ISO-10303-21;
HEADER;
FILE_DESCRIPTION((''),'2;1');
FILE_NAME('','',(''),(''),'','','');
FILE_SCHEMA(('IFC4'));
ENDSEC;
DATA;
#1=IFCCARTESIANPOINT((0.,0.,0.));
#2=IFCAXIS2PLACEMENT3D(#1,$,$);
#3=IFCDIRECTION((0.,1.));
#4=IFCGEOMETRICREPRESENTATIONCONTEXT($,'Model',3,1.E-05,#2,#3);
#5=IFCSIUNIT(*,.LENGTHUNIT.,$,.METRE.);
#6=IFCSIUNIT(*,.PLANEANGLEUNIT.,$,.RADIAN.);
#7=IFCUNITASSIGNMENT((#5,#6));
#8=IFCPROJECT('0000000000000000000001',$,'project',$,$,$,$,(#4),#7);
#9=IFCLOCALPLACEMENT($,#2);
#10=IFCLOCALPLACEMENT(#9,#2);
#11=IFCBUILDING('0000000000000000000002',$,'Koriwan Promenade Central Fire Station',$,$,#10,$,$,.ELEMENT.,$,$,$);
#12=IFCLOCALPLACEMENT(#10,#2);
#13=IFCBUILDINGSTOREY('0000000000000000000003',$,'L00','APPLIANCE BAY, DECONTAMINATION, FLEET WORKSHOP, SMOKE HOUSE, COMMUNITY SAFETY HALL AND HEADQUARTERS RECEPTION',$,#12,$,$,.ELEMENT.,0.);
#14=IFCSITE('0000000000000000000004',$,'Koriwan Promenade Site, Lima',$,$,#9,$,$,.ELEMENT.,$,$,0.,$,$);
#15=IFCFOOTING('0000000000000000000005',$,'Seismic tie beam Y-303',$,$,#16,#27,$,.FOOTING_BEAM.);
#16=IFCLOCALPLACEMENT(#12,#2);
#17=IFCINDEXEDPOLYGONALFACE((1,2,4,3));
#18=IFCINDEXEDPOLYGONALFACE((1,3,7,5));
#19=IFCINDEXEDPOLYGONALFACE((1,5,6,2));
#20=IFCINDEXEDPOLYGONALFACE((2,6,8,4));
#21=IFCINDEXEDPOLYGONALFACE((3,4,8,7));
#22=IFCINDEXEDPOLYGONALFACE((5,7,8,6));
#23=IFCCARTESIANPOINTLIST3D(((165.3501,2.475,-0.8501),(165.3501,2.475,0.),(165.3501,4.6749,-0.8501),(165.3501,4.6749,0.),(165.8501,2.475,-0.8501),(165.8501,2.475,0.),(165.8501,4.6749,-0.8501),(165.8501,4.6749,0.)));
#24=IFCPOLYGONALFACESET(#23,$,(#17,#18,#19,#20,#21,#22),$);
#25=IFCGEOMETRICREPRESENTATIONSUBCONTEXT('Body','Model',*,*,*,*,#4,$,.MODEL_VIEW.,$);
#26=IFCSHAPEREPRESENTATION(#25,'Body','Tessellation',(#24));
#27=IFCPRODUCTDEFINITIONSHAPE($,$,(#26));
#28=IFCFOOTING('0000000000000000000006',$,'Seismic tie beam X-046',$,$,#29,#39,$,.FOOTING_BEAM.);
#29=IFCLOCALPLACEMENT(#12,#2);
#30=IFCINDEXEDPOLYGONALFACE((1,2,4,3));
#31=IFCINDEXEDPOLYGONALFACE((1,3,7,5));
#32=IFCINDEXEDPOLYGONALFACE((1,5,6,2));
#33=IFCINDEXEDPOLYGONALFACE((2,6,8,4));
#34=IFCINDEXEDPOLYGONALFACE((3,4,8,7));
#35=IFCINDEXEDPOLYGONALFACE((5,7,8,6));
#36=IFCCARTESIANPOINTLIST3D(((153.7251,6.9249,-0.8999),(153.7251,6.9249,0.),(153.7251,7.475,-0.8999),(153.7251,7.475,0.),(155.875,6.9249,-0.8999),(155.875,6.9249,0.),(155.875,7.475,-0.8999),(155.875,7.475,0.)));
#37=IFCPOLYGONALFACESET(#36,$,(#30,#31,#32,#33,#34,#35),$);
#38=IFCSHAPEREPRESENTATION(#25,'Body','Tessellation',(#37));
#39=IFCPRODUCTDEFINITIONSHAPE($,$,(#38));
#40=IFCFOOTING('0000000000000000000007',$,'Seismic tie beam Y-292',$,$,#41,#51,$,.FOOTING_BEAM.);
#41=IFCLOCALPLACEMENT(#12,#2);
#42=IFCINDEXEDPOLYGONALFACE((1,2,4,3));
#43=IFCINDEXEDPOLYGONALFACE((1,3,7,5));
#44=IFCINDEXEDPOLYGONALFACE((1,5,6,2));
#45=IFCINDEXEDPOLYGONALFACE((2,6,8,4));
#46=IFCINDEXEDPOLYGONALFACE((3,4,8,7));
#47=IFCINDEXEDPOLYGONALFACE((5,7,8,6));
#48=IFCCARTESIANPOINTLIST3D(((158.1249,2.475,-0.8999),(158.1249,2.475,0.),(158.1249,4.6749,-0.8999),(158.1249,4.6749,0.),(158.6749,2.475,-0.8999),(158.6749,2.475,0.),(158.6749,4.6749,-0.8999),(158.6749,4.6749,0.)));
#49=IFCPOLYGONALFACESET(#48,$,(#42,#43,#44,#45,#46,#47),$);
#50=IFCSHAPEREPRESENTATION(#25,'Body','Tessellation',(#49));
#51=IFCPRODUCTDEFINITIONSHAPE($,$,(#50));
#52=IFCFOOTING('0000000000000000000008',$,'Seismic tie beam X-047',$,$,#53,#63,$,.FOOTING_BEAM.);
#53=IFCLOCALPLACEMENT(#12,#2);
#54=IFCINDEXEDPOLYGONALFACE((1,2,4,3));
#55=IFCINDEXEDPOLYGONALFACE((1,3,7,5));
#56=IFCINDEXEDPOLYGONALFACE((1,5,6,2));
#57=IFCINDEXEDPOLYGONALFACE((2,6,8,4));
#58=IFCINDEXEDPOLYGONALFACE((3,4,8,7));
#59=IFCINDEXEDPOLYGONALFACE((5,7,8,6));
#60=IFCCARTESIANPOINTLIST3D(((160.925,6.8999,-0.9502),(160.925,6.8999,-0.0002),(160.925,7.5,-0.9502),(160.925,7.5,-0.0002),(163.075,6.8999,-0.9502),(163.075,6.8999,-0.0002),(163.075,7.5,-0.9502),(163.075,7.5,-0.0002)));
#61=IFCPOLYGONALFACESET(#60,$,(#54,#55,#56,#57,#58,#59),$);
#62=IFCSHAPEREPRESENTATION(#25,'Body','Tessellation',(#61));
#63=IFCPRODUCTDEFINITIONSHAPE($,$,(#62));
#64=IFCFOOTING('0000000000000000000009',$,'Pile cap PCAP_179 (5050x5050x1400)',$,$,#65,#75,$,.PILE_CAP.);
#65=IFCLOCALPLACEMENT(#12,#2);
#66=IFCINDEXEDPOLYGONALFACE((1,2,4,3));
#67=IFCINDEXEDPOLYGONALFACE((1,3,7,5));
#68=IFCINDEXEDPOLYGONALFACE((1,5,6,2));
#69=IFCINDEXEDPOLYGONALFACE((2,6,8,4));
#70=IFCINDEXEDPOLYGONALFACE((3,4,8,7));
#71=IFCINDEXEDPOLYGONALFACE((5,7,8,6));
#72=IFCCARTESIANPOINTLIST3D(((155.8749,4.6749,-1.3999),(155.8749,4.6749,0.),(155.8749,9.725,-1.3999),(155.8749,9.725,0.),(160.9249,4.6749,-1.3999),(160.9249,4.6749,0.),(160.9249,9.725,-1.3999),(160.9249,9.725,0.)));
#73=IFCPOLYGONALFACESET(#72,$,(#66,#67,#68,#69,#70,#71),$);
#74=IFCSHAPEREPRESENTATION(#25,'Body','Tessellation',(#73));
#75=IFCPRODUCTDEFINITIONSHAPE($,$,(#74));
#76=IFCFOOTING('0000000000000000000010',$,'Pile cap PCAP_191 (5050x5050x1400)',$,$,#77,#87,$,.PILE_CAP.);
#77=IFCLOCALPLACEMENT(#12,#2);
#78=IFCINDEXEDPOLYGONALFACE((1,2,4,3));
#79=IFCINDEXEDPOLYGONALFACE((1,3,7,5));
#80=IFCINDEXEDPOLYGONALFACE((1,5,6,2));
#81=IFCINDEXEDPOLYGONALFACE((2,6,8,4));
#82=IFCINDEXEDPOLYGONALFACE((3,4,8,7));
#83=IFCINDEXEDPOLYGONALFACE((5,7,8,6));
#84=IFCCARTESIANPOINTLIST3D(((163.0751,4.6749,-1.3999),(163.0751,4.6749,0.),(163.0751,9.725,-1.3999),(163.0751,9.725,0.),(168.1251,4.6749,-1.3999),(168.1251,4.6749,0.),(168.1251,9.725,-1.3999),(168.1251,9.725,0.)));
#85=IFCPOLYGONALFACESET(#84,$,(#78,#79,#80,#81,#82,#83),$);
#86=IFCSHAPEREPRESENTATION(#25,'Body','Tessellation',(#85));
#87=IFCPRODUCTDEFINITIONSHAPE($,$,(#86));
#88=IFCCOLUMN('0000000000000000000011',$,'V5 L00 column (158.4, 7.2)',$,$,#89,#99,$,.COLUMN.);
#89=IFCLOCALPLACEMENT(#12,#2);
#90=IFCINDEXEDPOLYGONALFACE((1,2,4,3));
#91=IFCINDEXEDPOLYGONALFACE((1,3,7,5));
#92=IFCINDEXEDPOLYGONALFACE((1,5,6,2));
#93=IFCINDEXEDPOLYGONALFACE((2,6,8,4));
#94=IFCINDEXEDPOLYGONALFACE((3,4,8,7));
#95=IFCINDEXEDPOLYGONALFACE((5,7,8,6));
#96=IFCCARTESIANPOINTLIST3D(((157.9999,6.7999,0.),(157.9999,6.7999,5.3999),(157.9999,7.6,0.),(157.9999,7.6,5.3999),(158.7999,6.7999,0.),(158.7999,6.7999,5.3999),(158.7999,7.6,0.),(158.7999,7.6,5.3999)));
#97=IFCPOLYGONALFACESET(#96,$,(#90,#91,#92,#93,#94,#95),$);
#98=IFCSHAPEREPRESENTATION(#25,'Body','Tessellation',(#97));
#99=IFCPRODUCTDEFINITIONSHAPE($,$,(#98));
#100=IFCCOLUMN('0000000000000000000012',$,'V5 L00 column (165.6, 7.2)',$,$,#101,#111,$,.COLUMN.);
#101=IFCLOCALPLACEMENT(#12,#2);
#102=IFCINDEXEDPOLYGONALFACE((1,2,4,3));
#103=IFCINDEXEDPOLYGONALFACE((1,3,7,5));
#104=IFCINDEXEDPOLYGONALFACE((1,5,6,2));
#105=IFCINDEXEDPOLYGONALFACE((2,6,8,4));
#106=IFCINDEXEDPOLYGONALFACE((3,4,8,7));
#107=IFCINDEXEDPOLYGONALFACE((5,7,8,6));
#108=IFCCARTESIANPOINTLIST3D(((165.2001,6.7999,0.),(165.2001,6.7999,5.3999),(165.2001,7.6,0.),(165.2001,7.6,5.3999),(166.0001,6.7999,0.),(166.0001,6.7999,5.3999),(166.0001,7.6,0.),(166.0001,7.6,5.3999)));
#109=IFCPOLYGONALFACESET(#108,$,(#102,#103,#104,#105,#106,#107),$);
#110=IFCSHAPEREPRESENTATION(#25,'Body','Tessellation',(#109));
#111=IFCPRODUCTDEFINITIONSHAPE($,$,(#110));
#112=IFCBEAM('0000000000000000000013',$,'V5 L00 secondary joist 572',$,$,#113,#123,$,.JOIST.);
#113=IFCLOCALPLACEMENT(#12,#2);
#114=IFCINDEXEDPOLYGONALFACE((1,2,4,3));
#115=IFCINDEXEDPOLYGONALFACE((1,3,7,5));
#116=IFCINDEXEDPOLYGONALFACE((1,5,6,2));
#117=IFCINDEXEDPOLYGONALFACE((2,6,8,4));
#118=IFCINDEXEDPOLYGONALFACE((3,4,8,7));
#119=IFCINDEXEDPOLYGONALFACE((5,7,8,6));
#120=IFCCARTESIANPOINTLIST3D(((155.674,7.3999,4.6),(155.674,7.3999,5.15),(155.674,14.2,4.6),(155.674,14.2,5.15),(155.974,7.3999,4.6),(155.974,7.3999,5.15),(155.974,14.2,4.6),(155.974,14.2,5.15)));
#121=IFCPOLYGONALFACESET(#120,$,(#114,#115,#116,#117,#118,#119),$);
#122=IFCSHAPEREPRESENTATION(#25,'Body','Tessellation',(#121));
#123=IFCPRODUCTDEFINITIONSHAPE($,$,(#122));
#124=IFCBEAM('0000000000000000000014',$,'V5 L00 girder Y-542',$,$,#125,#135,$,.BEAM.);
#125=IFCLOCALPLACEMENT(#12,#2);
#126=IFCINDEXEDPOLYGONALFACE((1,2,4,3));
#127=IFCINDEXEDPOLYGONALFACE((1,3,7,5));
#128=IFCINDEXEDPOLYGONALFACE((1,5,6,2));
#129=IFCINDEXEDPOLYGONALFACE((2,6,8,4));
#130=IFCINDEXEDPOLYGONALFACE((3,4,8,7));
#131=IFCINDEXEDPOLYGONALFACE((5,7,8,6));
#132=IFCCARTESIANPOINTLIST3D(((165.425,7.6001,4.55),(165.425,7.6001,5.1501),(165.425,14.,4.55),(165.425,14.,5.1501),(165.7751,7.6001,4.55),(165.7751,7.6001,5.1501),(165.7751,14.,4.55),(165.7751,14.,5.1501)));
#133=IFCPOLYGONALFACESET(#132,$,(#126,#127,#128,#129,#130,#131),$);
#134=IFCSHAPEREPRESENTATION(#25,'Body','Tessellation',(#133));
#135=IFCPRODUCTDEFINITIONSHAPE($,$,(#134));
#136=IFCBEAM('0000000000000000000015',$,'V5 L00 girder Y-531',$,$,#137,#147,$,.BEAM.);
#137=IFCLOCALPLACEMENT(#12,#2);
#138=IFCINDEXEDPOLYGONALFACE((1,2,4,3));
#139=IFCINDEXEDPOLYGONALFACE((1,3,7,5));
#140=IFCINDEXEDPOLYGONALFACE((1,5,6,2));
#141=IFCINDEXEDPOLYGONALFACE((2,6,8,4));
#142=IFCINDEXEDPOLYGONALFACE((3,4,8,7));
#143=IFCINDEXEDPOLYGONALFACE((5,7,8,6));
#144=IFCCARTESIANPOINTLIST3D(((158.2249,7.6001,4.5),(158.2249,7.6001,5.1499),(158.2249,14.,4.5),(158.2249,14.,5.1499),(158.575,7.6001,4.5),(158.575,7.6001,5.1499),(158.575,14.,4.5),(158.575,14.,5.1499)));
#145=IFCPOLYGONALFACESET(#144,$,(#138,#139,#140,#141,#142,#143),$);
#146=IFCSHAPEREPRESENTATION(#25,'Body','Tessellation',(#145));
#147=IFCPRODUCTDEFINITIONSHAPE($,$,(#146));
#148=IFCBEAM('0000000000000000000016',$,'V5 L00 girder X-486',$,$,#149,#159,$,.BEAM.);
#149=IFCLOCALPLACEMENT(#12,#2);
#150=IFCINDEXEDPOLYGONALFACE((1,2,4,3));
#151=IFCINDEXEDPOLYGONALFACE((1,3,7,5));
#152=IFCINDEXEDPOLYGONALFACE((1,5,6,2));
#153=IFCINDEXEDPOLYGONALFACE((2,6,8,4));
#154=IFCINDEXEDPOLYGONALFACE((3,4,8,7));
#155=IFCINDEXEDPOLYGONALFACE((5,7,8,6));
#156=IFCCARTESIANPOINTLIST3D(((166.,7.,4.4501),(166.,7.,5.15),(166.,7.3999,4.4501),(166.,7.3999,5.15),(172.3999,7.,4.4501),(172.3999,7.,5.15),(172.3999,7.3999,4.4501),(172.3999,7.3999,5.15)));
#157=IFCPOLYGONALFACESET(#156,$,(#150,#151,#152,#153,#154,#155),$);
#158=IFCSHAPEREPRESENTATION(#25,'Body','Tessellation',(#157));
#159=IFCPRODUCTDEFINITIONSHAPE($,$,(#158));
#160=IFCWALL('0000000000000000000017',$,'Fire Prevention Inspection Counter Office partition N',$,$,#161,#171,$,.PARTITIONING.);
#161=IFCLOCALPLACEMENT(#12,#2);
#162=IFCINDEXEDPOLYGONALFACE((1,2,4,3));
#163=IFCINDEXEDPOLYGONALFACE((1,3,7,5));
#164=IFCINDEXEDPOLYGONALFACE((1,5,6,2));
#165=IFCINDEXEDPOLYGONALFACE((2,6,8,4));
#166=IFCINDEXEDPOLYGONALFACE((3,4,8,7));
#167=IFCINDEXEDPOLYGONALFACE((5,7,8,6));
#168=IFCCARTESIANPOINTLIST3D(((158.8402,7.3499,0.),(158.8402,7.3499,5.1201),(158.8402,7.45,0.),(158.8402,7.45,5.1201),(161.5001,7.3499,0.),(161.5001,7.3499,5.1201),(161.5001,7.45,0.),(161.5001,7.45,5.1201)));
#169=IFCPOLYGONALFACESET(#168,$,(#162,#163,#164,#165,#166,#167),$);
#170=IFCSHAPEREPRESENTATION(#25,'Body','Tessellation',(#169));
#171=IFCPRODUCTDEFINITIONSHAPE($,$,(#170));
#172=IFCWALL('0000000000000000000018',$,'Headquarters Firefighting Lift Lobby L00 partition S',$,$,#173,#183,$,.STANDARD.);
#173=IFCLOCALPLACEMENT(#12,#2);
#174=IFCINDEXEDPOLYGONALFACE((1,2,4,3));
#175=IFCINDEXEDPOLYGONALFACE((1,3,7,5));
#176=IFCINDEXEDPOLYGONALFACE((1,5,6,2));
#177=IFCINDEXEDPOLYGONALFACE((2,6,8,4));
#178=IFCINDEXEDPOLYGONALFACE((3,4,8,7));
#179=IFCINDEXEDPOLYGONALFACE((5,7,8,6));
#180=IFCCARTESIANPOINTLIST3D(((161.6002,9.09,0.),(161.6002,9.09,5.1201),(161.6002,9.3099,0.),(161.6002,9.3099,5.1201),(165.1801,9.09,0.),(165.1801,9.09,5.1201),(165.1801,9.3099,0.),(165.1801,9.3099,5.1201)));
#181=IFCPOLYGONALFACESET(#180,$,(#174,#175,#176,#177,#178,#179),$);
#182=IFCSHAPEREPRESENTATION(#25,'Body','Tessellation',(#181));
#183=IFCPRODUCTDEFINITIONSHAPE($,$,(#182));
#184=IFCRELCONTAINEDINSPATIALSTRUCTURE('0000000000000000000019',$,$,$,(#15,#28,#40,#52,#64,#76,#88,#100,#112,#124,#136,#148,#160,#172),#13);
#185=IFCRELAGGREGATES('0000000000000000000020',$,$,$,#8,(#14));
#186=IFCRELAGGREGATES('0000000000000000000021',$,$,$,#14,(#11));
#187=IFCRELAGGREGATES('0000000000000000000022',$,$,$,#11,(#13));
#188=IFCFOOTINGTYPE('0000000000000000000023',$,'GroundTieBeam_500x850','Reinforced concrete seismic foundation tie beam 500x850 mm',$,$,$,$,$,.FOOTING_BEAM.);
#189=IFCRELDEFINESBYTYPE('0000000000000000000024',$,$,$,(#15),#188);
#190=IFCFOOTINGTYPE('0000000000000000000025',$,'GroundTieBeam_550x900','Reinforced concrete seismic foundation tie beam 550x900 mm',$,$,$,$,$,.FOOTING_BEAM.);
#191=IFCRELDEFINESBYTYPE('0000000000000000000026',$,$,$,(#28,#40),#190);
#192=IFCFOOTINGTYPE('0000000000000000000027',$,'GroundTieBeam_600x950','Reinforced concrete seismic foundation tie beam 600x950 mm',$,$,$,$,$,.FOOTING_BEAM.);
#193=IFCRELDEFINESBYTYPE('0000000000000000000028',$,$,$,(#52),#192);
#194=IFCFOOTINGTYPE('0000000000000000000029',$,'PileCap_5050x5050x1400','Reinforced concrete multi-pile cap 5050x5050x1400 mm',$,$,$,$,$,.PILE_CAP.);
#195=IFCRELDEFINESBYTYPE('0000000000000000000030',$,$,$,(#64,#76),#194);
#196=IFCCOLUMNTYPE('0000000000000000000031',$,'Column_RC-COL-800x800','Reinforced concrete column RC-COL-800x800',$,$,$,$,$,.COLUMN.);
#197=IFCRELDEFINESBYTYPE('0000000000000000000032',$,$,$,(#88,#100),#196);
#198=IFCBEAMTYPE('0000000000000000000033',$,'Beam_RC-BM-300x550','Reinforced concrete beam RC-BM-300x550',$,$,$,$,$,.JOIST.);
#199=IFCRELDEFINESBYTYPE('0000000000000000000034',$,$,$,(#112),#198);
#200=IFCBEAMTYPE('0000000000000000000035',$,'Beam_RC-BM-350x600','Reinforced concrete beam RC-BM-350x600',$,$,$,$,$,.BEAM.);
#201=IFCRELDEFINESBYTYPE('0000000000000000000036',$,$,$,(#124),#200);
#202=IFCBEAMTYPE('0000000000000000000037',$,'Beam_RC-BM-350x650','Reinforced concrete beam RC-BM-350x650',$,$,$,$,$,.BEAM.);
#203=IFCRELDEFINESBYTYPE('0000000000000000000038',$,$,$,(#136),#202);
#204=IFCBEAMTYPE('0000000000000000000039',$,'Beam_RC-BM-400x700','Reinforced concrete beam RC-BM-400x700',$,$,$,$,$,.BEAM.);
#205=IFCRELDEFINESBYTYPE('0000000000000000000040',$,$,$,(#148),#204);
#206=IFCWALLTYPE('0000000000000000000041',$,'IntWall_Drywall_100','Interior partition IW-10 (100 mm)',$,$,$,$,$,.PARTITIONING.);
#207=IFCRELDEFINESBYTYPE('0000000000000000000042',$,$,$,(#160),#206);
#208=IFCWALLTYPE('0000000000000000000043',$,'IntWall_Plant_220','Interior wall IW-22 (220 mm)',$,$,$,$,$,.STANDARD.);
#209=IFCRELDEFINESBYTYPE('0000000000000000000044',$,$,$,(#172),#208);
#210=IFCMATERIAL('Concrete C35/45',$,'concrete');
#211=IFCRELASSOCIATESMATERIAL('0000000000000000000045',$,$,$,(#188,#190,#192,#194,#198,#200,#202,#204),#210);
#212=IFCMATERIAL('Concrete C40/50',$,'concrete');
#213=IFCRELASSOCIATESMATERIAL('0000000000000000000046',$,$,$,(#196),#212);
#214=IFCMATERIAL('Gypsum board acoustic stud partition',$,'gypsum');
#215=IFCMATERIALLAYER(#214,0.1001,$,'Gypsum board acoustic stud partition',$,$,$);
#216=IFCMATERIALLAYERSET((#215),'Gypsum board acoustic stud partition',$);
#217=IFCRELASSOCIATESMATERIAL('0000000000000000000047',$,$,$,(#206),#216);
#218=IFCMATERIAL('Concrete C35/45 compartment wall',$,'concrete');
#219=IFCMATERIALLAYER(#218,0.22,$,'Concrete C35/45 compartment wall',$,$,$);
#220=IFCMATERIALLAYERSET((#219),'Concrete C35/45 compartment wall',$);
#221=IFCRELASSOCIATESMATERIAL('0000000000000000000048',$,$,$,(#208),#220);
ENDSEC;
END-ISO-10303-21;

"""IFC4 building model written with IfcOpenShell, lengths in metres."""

from ifc_helpers import new_model, si_unit, direction, frame, frame_2d, origin, origin_2d, place, context, subcontext, project, spatial, rectangle, extrude, material, layer, layer_set, material_profile, profile_set, type_object, element, save


model = new_model("IFC4")

# Units and contexts
model_context = context("Model", 3, precision=1e-05, world=origin(), true_north=direction((0.0, 1.0)))
body_context = subcontext(model_context, "Body", "Model", "MODEL_VIEW")
ifc_project = project(units=[si_unit("LENGTHUNIT", "METRE"), si_unit("PLANEANGLEUNIT", "RADIAN")], contexts=[model_context])

# Site, building, storey
site_placement = place(None, origin())
site = spatial("IfcSite", under=ifc_project, at=site_placement, Name="Koriwan Promenade Site, Lima", CompositionType="ELEMENT", RefElevation=0.0)
building_placement = place(site_placement, origin())
building = spatial("IfcBuilding", under=site, at=building_placement, Name="Koriwan Promenade Central Fire Station", CompositionType="ELEMENT")
storey_placement = place(building_placement, origin())
storey = spatial("IfcBuildingStorey", under=building, at=storey_placement, Name="L00", Description="APPLIANCE BAY, DECONTAMINATION, FLEET WORKSHOP, SMOKE HOUSE, COMMUNITY SAFETY HALL AND HEADQUARTERS RECEPTION", CompositionType="ELEMENT", Elevation=0.0)

# Shared definitions
ifc_material_1 = material(Name="Concrete C35/45", Category="concrete")

# Footings
footing_type_1 = type_object("IfcFootingType", Name="GroundTieBeam_500x850", Description="Reinforced concrete seismic foundation tie beam 500x850 mm", PredefinedType="FOOTING_BEAM", material=ifc_material_1)
footing_1_placement = place(storey_placement, frame((165.6001, 3.575, -0.8501), z_axis=(0.0, 0.0, 1.0), x_axis=(0.0, 1.0, 0.0)))
element("IfcFooting", 1, at=footing_1_placement, inside=storey, type_object=footing_type_1, Name="Seismic tie beam Y-303", PredefinedType="FOOTING_BEAM", context=body_context, shape_type="SweptSolid", body=[
    extrude(rectangle(XDim=2.2, YDim=0.5, at=origin_2d()), origin(), (0.0, 0.0, 1.0), 0.8501),
])
footing_type_2 = type_object("IfcFootingType", Name="GroundTieBeam_550x900", Description="Reinforced concrete seismic foundation tie beam 550x900 mm", PredefinedType="FOOTING_BEAM", material=ifc_material_1)
footing_2_placement = place(storey_placement, frame((154.8, 7.2, -0.8999), z_axis=(0.0, 0.0, 1.0), x_axis=(1.0, 0.0, 0.0)))
element("IfcFooting", 2, at=footing_2_placement, inside=storey, type_object=footing_type_2, Name="Seismic tie beam X-046", PredefinedType="FOOTING_BEAM", context=body_context, shape_type="SweptSolid", body=[
    extrude(rectangle(XDim=2.1499, YDim=0.55, at=origin_2d()), origin(), (0.0, 0.0, 1.0), 0.8999),
])
footing_3_placement = place(storey_placement, frame((158.3999, 3.575, -0.8999), z_axis=(0.0, 0.0, 1.0), x_axis=(0.0, 1.0, 0.0)))
element("IfcFooting", 3, at=footing_3_placement, inside=storey, type_object=footing_type_2, Name="Seismic tie beam Y-292", PredefinedType="FOOTING_BEAM", context=body_context, shape_type="SweptSolid", body=[
    extrude(rectangle(XDim=2.2, YDim=0.55, at=origin_2d()), origin(), (0.0, 0.0, 1.0), 0.8999),
])
footing_type_3 = type_object("IfcFootingType", Name="GroundTieBeam_600x950", Description="Reinforced concrete seismic foundation tie beam 600x950 mm", PredefinedType="FOOTING_BEAM", material=ifc_material_1)
footing_4_placement = place(storey_placement, frame((162.0, 7.2, -0.9502), z_axis=(0.0, 0.0, 1.0), x_axis=(1.0, 0.0, 0.0)))
element("IfcFooting", 4, at=footing_4_placement, inside=storey, type_object=footing_type_3, Name="Seismic tie beam X-047", PredefinedType="FOOTING_BEAM", context=body_context, shape_type="SweptSolid", body=[
    extrude(rectangle(XDim=2.1499, YDim=0.6001, at=origin_2d()), origin(), (0.0, 0.0, 1.0), 0.95),
])
footing_type_4 = type_object("IfcFootingType", Name="PileCap_5050x5050x1400", Description="Reinforced concrete multi-pile cap 5050x5050x1400 mm", PredefinedType="PILE_CAP", material=ifc_material_1)
for number, where, z_axis, x_axis, name in (
    (5, (158.3999, 7.2, -1.3999), (0.0, 0.0, 1.0), (1.0, 0.0, 0.0), "Pile cap PCAP_179 (5050x5050x1400)"),
    (6, (165.6001, 7.2, -1.3999), (0.0, 0.0, 1.0), (1.0, 0.0, 0.0), "Pile cap PCAP_191 (5050x5050x1400)"),
):
    element("IfcFooting", number, at=place(storey_placement, frame(where, z_axis=z_axis, x_axis=x_axis)), inside=storey, type_object=footing_type_4, Name=name, PredefinedType="PILE_CAP", context=body_context, shape_type="SweptSolid", body=[
        extrude(rectangle(XDim=5.05, YDim=5.05, at=origin_2d()), origin(), (0.0, 0.0, 1.0), 1.3999),
    ])

# Columns
ifc_material_2 = material(Name="Concrete C40/50", Category="concrete")
ifc_material_profile_1 = material_profile(ifc_material_2, rectangle(XDim=0.8, YDim=0.8, at=origin_2d()), Name="RC-COL-800x800")
ifc_profile_set_1 = profile_set([ifc_material_profile_1], Name="Concrete C40/50")
column_type = type_object("IfcColumnType", Name="Column_RC-COL-800x800", Description="Reinforced concrete column RC-COL-800x800", PredefinedType="COLUMN", material=ifc_profile_set_1)
for number, where, z_axis, x_axis, name in (
    (7, (158.3999, 7.2, 0.0), (0.0, 0.0, 1.0), (1.0, 0.0, 0.0), "V5 L00 column (158.4, 7.2)"),
    (8, (165.6001, 7.2, 0.0), (0.0, 0.0, 1.0), (1.0, 0.0, 0.0), "V5 L00 column (165.6, 7.2)"),
):
    element("IfcColumn", number, at=place(storey_placement, frame(where, z_axis=z_axis, x_axis=x_axis)), inside=storey, type_object=column_type, Name=name, PredefinedType="COLUMN", context=body_context, shape_type="SweptSolid", body=[
        extrude(rectangle(XDim=0.8, YDim=0.8, at=origin_2d()), origin(), (0.0, 0.0, 1.0), 5.3999),
    ])

# Beams
ifc_material_profile_2 = material_profile(ifc_material_1, rectangle(XDim=0.3, YDim=0.55, at=origin_2d()), Name="RC-BM-300x550")
ifc_profile_set_2 = profile_set([ifc_material_profile_2], Name="Concrete C35/45")
beam_type_1 = type_object("IfcBeamType", Name="Beam_RC-BM-300x550", Description="Reinforced concrete beam RC-BM-300x550", PredefinedType="JOIST", material=ifc_profile_set_2)
beam_1_placement = place(storey_placement, frame((155.824, 7.3999, 4.875), z_axis=(0.0, 1.0, 0.0), x_axis=(-1.0, 0.0, 0.0)))
element("IfcBeam", 9, at=beam_1_placement, inside=storey, type_object=beam_type_1, Name="V5 L00 secondary joist 572", PredefinedType="JOIST", context=body_context, shape_type="SweptSolid", body=[
    extrude(rectangle(XDim=0.3, YDim=0.55, at=origin_2d()), origin(), (0.0, 0.0, 1.0), 6.8),
])
ifc_material_profile_3 = material_profile(ifc_material_1, rectangle(XDim=0.3501, YDim=0.6001, at=origin_2d()), Name="RC-BM-350x600")
ifc_profile_set_3 = profile_set([ifc_material_profile_3], Name="Concrete C35/45")
beam_type_2 = type_object("IfcBeamType", Name="Beam_RC-BM-350x600", Description="Reinforced concrete beam RC-BM-350x600", PredefinedType="BEAM", material=ifc_profile_set_3)
beam_2_placement = place(storey_placement, frame((165.6001, 7.6001, 4.8501), z_axis=(0.0, 1.0, 0.0), x_axis=(-1.0, 0.0, 0.0)))
element("IfcBeam", 10, at=beam_2_placement, inside=storey, type_object=beam_type_2, Name="V5 L00 girder Y-542", PredefinedType="BEAM", context=body_context, shape_type="SweptSolid", body=[
    extrude(rectangle(XDim=0.3501, YDim=0.6001, at=origin_2d()), origin(), (0.0, 0.0, 1.0), 6.3999),
])
ifc_material_profile_4 = material_profile(ifc_material_1, rectangle(XDim=0.3501, YDim=0.6499, at=origin_2d()), Name="RC-BM-350x650")
ifc_profile_set_4 = profile_set([ifc_material_profile_4], Name="Concrete C35/45")
beam_type_3 = type_object("IfcBeamType", Name="Beam_RC-BM-350x650", Description="Reinforced concrete beam RC-BM-350x650", PredefinedType="BEAM", material=ifc_profile_set_4)
beam_3_placement = place(storey_placement, frame((158.3999, 7.6001, 4.825), z_axis=(0.0, 1.0, 0.0), x_axis=(-1.0, 0.0, 0.0)))
element("IfcBeam", 11, at=beam_3_placement, inside=storey, type_object=beam_type_3, Name="V5 L00 girder Y-531", PredefinedType="BEAM", context=body_context, shape_type="SweptSolid", body=[
    extrude(rectangle(XDim=0.3501, YDim=0.6499, at=origin_2d()), origin(), (0.0, 0.0, 1.0), 6.3999),
])
ifc_material_profile_5 = material_profile(ifc_material_1, rectangle(XDim=0.3999, YDim=0.7, at=origin_2d()), Name="RC-BM-400x700")
ifc_profile_set_5 = profile_set([ifc_material_profile_5], Name="Concrete C35/45")
beam_type_4 = type_object("IfcBeamType", Name="Beam_RC-BM-400x700", Description="Reinforced concrete beam RC-BM-400x700", PredefinedType="BEAM", material=ifc_profile_set_5)
beam_4_placement = place(storey_placement, frame((166.0, 7.2, 4.8), z_axis=(1.0, 0.0, 0.0), x_axis=(0.0, 1.0, 0.0)))
element("IfcBeam", 12, at=beam_4_placement, inside=storey, type_object=beam_type_4, Name="V5 L00 girder X-486", PredefinedType="BEAM", context=body_context, shape_type="SweptSolid", body=[
    extrude(rectangle(XDim=0.3999, YDim=0.7, at=origin_2d()), origin(), (0.0, 0.0, 1.0), 6.3999),
])

# Walls
ifc_material_3 = material(Name="Gypsum board acoustic stud partition", Category="gypsum")
ifc_layer_1 = layer(ifc_material_3, 0.1001, Name="Gypsum board acoustic stud partition")
ifc_layer_set_1 = layer_set([ifc_layer_1], Name="Gypsum board acoustic stud partition")
wall_type_1 = type_object("IfcWallType", Name="IntWall_Drywall_100", Description="Interior partition IW-10 (100 mm)", PredefinedType="PARTITIONING", material=ifc_layer_set_1)
wall_1_placement = place(storey_placement, frame((158.8401, 7.3999, 0.0), z_axis=(0.0, 0.0, 1.0), x_axis=(1.0, 0.0, 0.0)))
element("IfcWall", 13, at=wall_1_placement, inside=storey, type_object=wall_type_1, Name="Fire Prevention Inspection Counter Office partition N", PredefinedType="PARTITIONING", context=body_context, shape_type="SweptSolid", body=[
    extrude(rectangle(XDim=2.6599, YDim=0.1001, at=frame_2d((1.3301, 0.0))), origin(), (0.0, 0.0, 1.0), 5.1201),
])
ifc_material_4 = material(Name="Concrete C35/45 compartment wall", Category="concrete")
ifc_layer_2 = layer(ifc_material_4, 0.22, Name="Concrete C35/45 compartment wall")
ifc_layer_set_2 = layer_set([ifc_layer_2], Name="Concrete C35/45 compartment wall")
wall_type_2 = type_object("IfcWallType", Name="IntWall_Plant_220", Description="Interior wall IW-22 (220 mm)", PredefinedType="STANDARD", material=ifc_layer_set_2)
wall_2_placement = place(storey_placement, frame((161.6001, 9.2, 0.0), z_axis=(0.0, 0.0, 1.0), x_axis=(1.0, 0.0, 0.0)))
element("IfcWall", 14, at=wall_2_placement, inside=storey, type_object=wall_type_2, Name="Headquarters Firefighting Lift Lobby L00 partition S", PredefinedType="STANDARD", context=body_context, shape_type="SweptSolid", body=[
    extrude(rectangle(XDim=3.5798, YDim=0.22, at=frame_2d((1.79, 0.0))), origin(), (0.0, 0.0, 1.0), 5.1201),
])

save(model, "model.ifc")
